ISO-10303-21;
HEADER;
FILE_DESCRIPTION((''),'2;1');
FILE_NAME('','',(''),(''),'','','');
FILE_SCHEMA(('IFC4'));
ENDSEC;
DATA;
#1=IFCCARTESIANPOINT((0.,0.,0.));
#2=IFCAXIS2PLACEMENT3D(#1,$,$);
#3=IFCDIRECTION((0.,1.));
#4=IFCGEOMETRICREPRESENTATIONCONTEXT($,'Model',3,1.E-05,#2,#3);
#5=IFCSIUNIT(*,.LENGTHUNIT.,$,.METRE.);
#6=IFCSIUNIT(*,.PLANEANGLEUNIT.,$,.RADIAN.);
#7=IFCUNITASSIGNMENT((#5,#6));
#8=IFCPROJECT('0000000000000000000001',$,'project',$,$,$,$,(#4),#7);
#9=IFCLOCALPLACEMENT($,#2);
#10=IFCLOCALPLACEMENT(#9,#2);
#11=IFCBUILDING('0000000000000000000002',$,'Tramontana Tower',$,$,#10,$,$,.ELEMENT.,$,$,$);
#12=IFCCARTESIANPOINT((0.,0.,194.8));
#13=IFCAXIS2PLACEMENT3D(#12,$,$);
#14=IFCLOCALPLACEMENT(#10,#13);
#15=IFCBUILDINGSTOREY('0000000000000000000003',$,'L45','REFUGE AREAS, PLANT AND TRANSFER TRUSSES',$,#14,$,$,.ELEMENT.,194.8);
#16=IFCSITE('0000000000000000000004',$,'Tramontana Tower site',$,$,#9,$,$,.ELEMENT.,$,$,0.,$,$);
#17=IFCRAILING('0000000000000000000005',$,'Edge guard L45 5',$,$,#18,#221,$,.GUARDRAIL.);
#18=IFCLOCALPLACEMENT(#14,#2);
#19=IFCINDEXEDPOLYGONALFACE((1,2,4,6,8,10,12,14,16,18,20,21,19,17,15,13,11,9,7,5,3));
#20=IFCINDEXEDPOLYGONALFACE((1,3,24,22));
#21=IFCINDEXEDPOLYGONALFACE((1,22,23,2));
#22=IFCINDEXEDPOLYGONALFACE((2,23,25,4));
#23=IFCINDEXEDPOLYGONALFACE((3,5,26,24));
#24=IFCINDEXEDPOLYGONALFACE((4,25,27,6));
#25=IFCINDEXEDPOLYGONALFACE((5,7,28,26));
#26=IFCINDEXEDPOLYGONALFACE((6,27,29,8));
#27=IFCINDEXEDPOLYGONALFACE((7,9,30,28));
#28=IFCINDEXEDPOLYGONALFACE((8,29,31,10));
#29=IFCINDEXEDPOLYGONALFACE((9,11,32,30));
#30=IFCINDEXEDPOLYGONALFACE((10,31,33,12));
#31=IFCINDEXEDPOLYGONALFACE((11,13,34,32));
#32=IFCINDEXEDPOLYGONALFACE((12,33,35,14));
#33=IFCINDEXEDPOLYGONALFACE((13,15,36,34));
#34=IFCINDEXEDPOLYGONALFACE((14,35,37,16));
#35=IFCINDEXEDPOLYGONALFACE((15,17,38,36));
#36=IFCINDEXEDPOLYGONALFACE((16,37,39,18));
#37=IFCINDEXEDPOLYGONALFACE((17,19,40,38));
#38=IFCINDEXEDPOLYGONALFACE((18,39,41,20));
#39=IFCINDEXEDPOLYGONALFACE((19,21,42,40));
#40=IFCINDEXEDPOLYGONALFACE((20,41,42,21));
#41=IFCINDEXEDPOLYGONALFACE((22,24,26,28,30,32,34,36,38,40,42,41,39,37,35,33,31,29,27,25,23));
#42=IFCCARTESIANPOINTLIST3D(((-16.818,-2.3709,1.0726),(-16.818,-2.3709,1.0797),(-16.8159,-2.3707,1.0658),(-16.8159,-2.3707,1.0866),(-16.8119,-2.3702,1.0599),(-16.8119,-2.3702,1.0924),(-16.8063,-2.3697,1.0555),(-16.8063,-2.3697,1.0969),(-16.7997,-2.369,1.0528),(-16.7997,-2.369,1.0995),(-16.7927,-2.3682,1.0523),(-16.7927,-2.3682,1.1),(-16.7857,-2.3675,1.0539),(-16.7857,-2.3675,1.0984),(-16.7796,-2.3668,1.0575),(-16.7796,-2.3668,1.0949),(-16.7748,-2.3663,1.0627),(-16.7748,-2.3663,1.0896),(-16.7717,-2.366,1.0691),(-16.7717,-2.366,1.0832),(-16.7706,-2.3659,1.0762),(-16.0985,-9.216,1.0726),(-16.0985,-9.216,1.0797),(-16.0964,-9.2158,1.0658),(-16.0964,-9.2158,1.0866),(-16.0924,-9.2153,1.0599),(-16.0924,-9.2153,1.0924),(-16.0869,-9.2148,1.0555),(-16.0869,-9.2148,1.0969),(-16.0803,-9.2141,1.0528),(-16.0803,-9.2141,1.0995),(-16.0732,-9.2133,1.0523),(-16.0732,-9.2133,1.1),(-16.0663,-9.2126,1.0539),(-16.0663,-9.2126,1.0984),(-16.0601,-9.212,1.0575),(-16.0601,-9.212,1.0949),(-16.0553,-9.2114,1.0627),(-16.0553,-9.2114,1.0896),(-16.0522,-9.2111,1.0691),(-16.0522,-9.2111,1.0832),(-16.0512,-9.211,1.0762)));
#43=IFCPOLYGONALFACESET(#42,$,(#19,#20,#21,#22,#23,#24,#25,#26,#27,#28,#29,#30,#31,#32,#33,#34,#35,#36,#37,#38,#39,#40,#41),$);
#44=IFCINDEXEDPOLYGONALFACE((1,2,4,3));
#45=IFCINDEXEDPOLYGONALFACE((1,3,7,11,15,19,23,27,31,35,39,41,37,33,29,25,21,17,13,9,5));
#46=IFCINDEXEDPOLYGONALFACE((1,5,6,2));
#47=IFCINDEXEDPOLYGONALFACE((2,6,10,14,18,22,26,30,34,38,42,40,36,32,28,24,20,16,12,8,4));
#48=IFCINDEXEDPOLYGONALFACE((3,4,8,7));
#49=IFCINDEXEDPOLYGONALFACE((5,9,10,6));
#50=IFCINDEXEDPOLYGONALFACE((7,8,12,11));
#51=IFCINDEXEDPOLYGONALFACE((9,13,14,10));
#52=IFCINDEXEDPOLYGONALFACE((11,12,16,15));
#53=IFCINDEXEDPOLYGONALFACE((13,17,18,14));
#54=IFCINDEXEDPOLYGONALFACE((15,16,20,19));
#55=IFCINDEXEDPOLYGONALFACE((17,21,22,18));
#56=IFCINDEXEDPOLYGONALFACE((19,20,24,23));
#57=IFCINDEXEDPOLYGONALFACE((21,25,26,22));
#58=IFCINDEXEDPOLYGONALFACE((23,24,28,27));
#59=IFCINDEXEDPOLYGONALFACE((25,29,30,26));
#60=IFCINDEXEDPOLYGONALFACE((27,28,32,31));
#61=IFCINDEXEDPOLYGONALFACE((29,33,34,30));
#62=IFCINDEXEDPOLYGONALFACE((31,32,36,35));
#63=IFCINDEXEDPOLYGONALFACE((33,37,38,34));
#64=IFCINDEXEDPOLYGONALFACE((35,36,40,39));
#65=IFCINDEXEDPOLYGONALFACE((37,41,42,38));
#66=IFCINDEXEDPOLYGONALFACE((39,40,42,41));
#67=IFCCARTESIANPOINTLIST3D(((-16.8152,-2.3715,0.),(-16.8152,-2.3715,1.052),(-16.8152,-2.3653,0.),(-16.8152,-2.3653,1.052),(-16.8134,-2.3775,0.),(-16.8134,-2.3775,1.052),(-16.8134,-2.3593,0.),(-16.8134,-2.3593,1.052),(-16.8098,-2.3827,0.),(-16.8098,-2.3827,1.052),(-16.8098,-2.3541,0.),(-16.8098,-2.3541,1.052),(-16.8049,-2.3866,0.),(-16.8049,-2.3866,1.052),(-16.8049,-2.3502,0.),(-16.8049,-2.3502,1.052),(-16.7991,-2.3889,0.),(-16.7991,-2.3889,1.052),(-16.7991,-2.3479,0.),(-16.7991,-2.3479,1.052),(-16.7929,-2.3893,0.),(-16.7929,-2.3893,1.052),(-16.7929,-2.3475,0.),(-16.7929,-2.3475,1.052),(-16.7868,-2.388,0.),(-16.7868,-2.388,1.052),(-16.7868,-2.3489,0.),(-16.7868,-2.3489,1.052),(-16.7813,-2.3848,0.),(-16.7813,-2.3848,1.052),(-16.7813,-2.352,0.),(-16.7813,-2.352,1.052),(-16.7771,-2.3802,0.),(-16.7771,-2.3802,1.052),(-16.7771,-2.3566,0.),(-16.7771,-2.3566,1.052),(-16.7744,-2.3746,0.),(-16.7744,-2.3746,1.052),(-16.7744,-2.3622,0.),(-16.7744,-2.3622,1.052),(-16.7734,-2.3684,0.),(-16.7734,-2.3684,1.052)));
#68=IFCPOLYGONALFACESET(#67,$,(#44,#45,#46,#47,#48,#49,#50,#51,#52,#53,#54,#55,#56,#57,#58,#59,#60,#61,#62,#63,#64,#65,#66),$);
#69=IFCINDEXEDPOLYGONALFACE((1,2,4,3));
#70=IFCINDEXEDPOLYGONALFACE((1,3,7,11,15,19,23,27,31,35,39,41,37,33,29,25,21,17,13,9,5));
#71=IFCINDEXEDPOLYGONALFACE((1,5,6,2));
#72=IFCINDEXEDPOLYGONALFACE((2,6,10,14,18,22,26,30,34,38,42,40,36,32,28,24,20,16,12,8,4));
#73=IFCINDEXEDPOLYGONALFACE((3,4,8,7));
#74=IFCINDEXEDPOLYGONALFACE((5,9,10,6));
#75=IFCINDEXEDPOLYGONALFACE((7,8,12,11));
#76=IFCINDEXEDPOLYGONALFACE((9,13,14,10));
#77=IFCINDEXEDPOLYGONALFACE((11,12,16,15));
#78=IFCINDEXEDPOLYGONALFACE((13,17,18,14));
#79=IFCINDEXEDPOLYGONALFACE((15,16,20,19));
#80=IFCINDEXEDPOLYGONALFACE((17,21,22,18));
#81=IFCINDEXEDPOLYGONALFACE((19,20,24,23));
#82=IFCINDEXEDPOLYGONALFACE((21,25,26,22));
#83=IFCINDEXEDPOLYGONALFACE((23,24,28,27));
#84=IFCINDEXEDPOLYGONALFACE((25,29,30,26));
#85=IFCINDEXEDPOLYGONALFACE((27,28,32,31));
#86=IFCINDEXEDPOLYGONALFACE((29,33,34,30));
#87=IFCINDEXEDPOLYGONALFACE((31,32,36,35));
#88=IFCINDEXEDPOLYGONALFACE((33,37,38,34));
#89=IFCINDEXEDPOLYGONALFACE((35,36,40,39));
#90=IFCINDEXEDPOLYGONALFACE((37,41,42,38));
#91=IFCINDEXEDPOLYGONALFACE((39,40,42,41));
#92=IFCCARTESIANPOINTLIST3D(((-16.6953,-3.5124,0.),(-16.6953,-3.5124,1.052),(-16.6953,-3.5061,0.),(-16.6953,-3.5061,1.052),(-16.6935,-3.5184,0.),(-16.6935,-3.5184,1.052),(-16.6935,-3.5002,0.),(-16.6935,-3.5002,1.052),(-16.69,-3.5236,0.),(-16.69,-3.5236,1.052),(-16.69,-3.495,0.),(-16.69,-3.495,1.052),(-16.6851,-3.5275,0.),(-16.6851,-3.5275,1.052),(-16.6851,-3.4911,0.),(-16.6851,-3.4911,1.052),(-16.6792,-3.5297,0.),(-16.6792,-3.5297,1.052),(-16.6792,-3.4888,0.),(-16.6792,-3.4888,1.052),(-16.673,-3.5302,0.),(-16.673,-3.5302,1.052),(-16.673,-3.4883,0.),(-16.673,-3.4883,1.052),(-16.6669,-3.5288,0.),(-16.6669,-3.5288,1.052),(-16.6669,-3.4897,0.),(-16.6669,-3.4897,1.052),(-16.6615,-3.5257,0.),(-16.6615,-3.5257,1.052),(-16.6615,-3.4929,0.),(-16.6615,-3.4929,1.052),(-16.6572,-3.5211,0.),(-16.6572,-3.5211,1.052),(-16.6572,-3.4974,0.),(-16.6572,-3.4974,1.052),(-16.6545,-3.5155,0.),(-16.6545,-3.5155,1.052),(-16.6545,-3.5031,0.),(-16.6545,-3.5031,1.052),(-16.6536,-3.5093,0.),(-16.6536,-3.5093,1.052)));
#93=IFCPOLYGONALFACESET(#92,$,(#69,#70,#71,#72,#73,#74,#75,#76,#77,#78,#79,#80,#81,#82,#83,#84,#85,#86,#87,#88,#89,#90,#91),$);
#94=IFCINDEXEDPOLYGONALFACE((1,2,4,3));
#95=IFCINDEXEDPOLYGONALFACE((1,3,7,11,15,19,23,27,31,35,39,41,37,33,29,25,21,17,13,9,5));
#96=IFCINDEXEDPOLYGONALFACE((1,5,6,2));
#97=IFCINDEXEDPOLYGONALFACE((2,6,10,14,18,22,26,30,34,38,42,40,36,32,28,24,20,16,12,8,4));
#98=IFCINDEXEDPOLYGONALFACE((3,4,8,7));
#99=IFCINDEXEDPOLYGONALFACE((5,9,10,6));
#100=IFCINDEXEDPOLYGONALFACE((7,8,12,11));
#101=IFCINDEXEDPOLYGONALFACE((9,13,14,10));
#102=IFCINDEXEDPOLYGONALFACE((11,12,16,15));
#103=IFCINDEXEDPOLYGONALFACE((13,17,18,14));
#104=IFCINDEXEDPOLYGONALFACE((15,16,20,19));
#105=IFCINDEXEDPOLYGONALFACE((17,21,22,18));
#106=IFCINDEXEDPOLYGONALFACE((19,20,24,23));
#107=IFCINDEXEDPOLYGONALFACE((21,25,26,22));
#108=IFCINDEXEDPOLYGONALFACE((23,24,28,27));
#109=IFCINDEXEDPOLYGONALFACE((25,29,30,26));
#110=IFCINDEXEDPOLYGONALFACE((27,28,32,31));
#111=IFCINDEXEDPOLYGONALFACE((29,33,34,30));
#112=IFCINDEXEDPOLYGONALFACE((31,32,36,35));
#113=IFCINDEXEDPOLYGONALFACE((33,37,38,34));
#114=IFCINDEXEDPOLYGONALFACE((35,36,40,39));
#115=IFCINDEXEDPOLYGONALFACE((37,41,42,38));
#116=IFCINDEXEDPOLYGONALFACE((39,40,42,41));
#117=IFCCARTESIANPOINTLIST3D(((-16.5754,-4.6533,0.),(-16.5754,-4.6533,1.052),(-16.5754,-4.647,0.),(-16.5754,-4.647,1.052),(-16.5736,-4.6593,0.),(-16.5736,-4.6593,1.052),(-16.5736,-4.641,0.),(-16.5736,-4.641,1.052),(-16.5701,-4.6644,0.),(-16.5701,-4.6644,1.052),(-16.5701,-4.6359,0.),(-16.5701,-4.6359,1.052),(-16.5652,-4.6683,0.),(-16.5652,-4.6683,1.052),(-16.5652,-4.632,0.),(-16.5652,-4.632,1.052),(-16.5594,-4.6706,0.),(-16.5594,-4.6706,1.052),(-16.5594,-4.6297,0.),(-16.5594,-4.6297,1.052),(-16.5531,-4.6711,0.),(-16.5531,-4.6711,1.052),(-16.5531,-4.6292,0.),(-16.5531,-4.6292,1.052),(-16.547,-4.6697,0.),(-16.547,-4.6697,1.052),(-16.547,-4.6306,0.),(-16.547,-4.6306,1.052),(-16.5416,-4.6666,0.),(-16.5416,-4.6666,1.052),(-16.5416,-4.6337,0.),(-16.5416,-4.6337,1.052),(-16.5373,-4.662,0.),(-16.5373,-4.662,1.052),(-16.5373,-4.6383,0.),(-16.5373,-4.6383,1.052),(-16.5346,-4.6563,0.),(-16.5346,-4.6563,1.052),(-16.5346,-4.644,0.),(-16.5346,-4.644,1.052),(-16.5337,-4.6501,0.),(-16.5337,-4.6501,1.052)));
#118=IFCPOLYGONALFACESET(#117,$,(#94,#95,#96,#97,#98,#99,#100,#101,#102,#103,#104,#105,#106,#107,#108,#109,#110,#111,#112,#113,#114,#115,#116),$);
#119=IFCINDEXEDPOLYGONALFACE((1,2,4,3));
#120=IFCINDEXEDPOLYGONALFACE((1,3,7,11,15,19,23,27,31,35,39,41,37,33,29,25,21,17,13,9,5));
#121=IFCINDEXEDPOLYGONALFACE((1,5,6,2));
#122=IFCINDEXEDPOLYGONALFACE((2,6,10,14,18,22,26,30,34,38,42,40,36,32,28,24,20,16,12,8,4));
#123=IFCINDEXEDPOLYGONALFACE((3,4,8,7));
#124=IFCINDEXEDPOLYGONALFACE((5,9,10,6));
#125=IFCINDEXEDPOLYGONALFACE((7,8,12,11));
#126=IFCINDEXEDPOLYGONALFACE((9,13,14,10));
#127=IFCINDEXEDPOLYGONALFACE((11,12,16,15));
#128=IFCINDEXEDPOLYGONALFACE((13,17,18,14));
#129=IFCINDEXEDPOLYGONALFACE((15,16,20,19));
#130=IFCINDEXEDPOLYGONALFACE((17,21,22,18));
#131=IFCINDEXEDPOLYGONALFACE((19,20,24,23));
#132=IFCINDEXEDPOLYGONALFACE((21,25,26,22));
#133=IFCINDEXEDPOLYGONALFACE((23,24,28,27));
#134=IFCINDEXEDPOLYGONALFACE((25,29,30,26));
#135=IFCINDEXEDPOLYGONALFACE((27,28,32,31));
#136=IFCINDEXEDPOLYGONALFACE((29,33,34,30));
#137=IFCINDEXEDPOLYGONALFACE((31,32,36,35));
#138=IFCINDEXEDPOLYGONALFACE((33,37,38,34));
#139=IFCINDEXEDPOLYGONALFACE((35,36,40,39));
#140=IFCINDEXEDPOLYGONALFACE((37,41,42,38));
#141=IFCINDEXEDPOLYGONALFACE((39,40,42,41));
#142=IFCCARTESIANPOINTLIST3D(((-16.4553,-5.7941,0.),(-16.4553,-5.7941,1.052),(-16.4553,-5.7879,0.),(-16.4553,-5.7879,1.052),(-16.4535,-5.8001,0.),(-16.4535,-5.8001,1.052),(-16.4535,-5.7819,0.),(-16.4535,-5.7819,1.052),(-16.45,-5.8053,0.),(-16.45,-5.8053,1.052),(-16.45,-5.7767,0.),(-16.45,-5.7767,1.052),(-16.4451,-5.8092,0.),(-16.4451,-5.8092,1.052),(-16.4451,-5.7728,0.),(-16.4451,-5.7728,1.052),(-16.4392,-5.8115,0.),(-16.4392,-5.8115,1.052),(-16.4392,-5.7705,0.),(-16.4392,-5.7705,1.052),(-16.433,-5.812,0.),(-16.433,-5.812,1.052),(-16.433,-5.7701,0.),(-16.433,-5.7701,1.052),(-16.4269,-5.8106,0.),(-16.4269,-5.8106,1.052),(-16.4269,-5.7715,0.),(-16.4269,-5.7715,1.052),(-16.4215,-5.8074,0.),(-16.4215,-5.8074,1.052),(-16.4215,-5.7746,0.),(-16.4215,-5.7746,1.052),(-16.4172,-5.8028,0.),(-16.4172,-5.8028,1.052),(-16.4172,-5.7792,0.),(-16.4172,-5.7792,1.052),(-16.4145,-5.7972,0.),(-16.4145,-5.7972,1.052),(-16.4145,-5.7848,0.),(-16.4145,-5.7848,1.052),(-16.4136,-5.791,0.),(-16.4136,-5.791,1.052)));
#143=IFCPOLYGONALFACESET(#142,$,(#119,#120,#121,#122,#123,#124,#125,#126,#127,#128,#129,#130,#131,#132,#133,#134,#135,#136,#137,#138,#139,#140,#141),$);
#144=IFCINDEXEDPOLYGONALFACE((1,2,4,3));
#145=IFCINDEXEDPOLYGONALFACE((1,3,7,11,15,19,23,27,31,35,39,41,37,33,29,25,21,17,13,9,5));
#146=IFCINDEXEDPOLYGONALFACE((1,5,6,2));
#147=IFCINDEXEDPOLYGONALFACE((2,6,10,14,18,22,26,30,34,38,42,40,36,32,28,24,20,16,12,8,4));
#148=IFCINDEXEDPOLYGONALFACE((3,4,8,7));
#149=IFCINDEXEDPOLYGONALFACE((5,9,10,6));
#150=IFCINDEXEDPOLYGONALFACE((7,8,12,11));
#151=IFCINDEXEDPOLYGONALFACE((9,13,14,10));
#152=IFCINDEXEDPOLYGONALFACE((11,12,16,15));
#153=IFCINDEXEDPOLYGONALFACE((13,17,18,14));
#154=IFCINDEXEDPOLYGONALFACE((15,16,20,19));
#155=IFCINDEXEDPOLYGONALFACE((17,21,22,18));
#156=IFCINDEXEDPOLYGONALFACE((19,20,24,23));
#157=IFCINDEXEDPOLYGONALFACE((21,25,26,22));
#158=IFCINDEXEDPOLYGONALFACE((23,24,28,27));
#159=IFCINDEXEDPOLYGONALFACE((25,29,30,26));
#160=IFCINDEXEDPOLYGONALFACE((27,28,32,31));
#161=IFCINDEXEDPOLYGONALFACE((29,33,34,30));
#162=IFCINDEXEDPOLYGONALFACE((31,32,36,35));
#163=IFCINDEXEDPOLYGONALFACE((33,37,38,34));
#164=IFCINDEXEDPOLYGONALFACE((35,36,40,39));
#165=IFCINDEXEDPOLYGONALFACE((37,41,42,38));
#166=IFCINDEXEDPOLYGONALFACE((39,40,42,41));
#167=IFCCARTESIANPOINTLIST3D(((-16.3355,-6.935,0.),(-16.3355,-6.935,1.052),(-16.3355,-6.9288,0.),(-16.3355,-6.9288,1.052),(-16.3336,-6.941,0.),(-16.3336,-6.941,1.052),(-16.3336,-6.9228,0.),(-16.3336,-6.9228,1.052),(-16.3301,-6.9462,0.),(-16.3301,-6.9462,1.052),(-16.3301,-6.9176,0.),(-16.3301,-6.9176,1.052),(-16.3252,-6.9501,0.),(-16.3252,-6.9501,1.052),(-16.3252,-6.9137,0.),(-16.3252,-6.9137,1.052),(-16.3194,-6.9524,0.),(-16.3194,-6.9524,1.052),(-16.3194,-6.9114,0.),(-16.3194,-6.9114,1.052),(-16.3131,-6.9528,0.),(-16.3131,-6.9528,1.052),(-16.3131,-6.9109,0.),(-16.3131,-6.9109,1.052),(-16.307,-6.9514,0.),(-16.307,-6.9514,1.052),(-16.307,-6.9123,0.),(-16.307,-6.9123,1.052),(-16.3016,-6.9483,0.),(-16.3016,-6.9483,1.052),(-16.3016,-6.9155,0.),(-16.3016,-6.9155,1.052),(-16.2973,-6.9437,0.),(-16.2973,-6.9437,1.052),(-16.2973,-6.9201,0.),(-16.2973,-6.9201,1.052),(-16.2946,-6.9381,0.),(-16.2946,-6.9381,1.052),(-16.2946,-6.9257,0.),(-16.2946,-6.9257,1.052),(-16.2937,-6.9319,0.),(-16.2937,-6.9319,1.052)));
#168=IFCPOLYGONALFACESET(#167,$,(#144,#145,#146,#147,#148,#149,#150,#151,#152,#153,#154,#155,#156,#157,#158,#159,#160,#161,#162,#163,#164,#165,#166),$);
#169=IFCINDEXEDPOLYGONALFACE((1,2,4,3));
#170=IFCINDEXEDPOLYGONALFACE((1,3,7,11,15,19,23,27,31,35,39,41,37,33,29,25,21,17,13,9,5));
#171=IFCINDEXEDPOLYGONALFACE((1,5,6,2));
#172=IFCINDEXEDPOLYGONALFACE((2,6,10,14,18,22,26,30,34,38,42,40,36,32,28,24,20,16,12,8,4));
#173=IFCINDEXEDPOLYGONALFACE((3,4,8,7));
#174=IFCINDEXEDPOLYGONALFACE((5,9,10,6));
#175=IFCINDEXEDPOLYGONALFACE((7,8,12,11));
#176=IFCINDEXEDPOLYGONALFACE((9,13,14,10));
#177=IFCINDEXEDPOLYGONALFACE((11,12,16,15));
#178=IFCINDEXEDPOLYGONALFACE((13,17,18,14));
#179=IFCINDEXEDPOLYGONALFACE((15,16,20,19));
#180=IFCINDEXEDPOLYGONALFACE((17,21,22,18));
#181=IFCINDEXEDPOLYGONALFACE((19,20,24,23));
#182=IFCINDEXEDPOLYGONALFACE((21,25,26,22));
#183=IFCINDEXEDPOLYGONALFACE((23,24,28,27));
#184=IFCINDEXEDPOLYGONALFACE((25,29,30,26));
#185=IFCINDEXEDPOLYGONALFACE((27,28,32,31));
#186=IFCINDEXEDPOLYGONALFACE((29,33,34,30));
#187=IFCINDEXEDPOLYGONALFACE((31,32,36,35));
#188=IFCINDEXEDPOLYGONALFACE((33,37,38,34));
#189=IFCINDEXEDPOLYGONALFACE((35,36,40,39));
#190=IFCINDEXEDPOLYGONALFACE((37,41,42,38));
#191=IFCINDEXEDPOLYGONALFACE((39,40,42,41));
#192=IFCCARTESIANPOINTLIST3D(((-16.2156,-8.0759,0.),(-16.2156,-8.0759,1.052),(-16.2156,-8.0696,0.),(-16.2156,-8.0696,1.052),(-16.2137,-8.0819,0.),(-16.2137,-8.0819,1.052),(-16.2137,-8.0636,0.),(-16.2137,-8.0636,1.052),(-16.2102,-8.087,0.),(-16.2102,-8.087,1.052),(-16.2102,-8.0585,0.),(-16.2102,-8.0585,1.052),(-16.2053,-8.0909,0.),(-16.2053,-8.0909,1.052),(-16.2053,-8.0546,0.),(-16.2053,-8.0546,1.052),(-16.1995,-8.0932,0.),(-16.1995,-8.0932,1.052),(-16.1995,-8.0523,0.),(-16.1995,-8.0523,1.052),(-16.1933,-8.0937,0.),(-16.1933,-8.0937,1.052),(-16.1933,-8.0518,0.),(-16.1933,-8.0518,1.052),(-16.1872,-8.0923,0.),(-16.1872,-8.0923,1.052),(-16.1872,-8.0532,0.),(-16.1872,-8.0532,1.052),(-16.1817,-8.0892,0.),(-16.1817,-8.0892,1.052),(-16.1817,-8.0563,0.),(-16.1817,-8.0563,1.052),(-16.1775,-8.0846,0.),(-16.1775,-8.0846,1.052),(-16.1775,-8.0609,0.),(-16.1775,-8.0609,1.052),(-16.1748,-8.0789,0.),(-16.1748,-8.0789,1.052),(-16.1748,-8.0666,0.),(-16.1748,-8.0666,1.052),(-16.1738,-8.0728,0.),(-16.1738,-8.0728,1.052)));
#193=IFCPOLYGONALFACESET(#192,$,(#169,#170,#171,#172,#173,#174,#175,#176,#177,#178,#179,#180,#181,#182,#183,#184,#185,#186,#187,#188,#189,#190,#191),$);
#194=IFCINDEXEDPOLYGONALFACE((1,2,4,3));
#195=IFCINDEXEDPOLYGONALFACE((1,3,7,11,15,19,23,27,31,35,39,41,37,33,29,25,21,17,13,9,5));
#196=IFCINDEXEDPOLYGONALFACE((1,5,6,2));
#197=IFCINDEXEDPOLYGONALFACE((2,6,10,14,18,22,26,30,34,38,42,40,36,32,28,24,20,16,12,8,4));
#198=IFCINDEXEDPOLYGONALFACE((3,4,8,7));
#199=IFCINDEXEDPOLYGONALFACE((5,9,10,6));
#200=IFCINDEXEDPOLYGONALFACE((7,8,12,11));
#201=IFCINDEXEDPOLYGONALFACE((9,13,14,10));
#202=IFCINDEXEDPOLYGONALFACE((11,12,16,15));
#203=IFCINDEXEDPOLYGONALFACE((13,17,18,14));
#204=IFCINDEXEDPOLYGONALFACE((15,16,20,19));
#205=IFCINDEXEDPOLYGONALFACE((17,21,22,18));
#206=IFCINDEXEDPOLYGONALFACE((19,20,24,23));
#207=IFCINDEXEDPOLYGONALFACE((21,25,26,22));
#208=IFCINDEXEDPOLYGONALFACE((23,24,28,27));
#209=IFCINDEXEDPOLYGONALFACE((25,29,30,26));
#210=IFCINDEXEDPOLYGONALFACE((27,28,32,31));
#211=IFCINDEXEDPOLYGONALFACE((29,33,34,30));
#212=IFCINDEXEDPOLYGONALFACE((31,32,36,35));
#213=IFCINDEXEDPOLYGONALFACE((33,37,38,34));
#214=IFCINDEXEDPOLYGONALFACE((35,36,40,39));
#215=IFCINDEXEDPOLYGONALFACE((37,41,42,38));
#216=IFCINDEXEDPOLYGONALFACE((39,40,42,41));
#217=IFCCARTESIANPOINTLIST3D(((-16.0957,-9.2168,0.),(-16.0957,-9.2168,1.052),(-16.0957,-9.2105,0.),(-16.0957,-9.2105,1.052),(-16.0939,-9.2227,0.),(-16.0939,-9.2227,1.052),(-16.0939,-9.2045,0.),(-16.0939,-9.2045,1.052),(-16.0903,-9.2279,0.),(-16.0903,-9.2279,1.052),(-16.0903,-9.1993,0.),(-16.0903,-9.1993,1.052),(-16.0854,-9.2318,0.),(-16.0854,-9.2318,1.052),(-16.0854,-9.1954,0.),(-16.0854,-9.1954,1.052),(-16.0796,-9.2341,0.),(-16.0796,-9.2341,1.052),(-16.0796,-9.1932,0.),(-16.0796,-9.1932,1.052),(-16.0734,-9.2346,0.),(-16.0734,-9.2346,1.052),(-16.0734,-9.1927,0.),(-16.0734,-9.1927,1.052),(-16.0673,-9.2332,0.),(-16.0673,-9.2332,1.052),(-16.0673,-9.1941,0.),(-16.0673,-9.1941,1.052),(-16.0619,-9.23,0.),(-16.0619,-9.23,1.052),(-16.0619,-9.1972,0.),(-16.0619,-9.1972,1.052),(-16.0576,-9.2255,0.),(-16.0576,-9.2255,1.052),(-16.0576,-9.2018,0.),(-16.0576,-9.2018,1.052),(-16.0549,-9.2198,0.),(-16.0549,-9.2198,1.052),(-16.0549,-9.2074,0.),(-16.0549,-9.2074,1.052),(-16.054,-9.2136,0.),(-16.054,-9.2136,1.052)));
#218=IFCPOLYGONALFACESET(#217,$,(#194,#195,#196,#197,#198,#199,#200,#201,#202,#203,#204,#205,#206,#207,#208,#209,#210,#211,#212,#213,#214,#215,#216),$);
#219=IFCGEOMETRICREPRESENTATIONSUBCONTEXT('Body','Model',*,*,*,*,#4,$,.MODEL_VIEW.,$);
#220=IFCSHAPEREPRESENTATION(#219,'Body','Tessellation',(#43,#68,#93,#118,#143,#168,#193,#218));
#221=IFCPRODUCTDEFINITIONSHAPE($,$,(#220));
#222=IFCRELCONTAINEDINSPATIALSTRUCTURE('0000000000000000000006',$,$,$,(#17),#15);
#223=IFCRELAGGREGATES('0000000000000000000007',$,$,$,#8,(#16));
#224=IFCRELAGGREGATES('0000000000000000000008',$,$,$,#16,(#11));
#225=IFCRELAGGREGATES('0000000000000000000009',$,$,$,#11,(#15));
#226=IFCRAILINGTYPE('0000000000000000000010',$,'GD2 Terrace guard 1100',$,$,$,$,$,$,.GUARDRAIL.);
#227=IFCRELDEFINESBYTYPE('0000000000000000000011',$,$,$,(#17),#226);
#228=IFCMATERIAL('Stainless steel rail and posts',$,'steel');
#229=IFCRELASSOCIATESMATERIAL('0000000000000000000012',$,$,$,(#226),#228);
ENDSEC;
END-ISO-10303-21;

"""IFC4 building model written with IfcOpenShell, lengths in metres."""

from ifc_helpers import new_model, si_unit, direction, frame, origin, origin_2d, place, context, subcontext, project, spatial, circle, extrude, material, type_object, element, save


model = new_model("IFC4")

# Units and contexts
model_context = context("Model", 3, precision=1e-05, world=origin(), true_north=direction((0.0, 1.0)))
body_context = subcontext(model_context, "Body", "Model", "MODEL_VIEW")
ifc_project = project(units=[si_unit("LENGTHUNIT", "METRE"), si_unit("PLANEANGLEUNIT", "RADIAN")], contexts=[model_context])

# Site, building, storey
site_placement = place(None, origin())
site = spatial("IfcSite", under=ifc_project, at=site_placement, Name="Tramontana Tower site", CompositionType="ELEMENT", RefElevation=0.0)
building_placement = place(site_placement, origin())
building = spatial("IfcBuilding", under=site, at=building_placement, Name="Tramontana Tower", CompositionType="ELEMENT")
storey_placement = place(building_placement, frame((0.0, 0.0, 194.8)))
storey = spatial("IfcBuildingStorey", under=building, at=storey_placement, Name="L45", Description="REFUGE AREAS, PLANT AND TRANSFER TRUSSES", CompositionType="ELEMENT", Elevation=194.8)

# Railing
ifc_material_1 = material(Name="Stainless steel rail and posts", Category="steel")
railing_type_1 = type_object("IfcRailingType", Name="GD2 Terrace guard 1100", PredefinedType="GUARDRAIL", material=ifc_material_1)
railing_1_placement = place(storey_placement, frame((-16.7944, -2.3684, 0.0)))
element("IfcRailing", 1, at=railing_1_placement, inside=storey, type_object=railing_type_1, Name="Edge guard L45 5", PredefinedType="GUARDRAIL", context=body_context, shape_type="SweptSolid", body=[
    extrude(circle(Radius=0.0239, at=origin_2d()), frame((0.0, 0.0, 1.0762), z_axis=(0.104532, -0.994522, 0.0), x_axis=(0.994522, 0.104532, 0.0)), (0.0, 0.0, 1.0), 6.8828),
    extrude(circle(Radius=0.021, at=origin_2d()), origin(), (0.0, 0.0, 1.0), 1.052),
    extrude(circle(Radius=0.021, at=origin_2d()), frame((0.1199, -1.1409, 0.0)), (0.0, 0.0, 1.0), 1.052),
    extrude(circle(Radius=0.021, at=origin_2d()), frame((0.2397, -2.2817, 0.0)), (0.0, 0.0, 1.0), 1.052),
    extrude(circle(Radius=0.021, at=origin_2d()), frame((0.3599, -3.4226, 0.0)), (0.0, 0.0, 1.0), 1.052),
    extrude(circle(Radius=0.021, at=origin_2d()), frame((0.4797, -4.5635, 0.0)), (0.0, 0.0, 1.0), 1.052),
    extrude(circle(Radius=0.021, at=origin_2d()), frame((0.5996, -5.7043, 0.0)), (0.0, 0.0, 1.0), 1.052),
    extrude(circle(Radius=0.021, at=origin_2d()), frame((0.7195, -6.8452, 0.0)), (0.0, 0.0, 1.0), 1.052),
])

save(model, "model.ifc")
